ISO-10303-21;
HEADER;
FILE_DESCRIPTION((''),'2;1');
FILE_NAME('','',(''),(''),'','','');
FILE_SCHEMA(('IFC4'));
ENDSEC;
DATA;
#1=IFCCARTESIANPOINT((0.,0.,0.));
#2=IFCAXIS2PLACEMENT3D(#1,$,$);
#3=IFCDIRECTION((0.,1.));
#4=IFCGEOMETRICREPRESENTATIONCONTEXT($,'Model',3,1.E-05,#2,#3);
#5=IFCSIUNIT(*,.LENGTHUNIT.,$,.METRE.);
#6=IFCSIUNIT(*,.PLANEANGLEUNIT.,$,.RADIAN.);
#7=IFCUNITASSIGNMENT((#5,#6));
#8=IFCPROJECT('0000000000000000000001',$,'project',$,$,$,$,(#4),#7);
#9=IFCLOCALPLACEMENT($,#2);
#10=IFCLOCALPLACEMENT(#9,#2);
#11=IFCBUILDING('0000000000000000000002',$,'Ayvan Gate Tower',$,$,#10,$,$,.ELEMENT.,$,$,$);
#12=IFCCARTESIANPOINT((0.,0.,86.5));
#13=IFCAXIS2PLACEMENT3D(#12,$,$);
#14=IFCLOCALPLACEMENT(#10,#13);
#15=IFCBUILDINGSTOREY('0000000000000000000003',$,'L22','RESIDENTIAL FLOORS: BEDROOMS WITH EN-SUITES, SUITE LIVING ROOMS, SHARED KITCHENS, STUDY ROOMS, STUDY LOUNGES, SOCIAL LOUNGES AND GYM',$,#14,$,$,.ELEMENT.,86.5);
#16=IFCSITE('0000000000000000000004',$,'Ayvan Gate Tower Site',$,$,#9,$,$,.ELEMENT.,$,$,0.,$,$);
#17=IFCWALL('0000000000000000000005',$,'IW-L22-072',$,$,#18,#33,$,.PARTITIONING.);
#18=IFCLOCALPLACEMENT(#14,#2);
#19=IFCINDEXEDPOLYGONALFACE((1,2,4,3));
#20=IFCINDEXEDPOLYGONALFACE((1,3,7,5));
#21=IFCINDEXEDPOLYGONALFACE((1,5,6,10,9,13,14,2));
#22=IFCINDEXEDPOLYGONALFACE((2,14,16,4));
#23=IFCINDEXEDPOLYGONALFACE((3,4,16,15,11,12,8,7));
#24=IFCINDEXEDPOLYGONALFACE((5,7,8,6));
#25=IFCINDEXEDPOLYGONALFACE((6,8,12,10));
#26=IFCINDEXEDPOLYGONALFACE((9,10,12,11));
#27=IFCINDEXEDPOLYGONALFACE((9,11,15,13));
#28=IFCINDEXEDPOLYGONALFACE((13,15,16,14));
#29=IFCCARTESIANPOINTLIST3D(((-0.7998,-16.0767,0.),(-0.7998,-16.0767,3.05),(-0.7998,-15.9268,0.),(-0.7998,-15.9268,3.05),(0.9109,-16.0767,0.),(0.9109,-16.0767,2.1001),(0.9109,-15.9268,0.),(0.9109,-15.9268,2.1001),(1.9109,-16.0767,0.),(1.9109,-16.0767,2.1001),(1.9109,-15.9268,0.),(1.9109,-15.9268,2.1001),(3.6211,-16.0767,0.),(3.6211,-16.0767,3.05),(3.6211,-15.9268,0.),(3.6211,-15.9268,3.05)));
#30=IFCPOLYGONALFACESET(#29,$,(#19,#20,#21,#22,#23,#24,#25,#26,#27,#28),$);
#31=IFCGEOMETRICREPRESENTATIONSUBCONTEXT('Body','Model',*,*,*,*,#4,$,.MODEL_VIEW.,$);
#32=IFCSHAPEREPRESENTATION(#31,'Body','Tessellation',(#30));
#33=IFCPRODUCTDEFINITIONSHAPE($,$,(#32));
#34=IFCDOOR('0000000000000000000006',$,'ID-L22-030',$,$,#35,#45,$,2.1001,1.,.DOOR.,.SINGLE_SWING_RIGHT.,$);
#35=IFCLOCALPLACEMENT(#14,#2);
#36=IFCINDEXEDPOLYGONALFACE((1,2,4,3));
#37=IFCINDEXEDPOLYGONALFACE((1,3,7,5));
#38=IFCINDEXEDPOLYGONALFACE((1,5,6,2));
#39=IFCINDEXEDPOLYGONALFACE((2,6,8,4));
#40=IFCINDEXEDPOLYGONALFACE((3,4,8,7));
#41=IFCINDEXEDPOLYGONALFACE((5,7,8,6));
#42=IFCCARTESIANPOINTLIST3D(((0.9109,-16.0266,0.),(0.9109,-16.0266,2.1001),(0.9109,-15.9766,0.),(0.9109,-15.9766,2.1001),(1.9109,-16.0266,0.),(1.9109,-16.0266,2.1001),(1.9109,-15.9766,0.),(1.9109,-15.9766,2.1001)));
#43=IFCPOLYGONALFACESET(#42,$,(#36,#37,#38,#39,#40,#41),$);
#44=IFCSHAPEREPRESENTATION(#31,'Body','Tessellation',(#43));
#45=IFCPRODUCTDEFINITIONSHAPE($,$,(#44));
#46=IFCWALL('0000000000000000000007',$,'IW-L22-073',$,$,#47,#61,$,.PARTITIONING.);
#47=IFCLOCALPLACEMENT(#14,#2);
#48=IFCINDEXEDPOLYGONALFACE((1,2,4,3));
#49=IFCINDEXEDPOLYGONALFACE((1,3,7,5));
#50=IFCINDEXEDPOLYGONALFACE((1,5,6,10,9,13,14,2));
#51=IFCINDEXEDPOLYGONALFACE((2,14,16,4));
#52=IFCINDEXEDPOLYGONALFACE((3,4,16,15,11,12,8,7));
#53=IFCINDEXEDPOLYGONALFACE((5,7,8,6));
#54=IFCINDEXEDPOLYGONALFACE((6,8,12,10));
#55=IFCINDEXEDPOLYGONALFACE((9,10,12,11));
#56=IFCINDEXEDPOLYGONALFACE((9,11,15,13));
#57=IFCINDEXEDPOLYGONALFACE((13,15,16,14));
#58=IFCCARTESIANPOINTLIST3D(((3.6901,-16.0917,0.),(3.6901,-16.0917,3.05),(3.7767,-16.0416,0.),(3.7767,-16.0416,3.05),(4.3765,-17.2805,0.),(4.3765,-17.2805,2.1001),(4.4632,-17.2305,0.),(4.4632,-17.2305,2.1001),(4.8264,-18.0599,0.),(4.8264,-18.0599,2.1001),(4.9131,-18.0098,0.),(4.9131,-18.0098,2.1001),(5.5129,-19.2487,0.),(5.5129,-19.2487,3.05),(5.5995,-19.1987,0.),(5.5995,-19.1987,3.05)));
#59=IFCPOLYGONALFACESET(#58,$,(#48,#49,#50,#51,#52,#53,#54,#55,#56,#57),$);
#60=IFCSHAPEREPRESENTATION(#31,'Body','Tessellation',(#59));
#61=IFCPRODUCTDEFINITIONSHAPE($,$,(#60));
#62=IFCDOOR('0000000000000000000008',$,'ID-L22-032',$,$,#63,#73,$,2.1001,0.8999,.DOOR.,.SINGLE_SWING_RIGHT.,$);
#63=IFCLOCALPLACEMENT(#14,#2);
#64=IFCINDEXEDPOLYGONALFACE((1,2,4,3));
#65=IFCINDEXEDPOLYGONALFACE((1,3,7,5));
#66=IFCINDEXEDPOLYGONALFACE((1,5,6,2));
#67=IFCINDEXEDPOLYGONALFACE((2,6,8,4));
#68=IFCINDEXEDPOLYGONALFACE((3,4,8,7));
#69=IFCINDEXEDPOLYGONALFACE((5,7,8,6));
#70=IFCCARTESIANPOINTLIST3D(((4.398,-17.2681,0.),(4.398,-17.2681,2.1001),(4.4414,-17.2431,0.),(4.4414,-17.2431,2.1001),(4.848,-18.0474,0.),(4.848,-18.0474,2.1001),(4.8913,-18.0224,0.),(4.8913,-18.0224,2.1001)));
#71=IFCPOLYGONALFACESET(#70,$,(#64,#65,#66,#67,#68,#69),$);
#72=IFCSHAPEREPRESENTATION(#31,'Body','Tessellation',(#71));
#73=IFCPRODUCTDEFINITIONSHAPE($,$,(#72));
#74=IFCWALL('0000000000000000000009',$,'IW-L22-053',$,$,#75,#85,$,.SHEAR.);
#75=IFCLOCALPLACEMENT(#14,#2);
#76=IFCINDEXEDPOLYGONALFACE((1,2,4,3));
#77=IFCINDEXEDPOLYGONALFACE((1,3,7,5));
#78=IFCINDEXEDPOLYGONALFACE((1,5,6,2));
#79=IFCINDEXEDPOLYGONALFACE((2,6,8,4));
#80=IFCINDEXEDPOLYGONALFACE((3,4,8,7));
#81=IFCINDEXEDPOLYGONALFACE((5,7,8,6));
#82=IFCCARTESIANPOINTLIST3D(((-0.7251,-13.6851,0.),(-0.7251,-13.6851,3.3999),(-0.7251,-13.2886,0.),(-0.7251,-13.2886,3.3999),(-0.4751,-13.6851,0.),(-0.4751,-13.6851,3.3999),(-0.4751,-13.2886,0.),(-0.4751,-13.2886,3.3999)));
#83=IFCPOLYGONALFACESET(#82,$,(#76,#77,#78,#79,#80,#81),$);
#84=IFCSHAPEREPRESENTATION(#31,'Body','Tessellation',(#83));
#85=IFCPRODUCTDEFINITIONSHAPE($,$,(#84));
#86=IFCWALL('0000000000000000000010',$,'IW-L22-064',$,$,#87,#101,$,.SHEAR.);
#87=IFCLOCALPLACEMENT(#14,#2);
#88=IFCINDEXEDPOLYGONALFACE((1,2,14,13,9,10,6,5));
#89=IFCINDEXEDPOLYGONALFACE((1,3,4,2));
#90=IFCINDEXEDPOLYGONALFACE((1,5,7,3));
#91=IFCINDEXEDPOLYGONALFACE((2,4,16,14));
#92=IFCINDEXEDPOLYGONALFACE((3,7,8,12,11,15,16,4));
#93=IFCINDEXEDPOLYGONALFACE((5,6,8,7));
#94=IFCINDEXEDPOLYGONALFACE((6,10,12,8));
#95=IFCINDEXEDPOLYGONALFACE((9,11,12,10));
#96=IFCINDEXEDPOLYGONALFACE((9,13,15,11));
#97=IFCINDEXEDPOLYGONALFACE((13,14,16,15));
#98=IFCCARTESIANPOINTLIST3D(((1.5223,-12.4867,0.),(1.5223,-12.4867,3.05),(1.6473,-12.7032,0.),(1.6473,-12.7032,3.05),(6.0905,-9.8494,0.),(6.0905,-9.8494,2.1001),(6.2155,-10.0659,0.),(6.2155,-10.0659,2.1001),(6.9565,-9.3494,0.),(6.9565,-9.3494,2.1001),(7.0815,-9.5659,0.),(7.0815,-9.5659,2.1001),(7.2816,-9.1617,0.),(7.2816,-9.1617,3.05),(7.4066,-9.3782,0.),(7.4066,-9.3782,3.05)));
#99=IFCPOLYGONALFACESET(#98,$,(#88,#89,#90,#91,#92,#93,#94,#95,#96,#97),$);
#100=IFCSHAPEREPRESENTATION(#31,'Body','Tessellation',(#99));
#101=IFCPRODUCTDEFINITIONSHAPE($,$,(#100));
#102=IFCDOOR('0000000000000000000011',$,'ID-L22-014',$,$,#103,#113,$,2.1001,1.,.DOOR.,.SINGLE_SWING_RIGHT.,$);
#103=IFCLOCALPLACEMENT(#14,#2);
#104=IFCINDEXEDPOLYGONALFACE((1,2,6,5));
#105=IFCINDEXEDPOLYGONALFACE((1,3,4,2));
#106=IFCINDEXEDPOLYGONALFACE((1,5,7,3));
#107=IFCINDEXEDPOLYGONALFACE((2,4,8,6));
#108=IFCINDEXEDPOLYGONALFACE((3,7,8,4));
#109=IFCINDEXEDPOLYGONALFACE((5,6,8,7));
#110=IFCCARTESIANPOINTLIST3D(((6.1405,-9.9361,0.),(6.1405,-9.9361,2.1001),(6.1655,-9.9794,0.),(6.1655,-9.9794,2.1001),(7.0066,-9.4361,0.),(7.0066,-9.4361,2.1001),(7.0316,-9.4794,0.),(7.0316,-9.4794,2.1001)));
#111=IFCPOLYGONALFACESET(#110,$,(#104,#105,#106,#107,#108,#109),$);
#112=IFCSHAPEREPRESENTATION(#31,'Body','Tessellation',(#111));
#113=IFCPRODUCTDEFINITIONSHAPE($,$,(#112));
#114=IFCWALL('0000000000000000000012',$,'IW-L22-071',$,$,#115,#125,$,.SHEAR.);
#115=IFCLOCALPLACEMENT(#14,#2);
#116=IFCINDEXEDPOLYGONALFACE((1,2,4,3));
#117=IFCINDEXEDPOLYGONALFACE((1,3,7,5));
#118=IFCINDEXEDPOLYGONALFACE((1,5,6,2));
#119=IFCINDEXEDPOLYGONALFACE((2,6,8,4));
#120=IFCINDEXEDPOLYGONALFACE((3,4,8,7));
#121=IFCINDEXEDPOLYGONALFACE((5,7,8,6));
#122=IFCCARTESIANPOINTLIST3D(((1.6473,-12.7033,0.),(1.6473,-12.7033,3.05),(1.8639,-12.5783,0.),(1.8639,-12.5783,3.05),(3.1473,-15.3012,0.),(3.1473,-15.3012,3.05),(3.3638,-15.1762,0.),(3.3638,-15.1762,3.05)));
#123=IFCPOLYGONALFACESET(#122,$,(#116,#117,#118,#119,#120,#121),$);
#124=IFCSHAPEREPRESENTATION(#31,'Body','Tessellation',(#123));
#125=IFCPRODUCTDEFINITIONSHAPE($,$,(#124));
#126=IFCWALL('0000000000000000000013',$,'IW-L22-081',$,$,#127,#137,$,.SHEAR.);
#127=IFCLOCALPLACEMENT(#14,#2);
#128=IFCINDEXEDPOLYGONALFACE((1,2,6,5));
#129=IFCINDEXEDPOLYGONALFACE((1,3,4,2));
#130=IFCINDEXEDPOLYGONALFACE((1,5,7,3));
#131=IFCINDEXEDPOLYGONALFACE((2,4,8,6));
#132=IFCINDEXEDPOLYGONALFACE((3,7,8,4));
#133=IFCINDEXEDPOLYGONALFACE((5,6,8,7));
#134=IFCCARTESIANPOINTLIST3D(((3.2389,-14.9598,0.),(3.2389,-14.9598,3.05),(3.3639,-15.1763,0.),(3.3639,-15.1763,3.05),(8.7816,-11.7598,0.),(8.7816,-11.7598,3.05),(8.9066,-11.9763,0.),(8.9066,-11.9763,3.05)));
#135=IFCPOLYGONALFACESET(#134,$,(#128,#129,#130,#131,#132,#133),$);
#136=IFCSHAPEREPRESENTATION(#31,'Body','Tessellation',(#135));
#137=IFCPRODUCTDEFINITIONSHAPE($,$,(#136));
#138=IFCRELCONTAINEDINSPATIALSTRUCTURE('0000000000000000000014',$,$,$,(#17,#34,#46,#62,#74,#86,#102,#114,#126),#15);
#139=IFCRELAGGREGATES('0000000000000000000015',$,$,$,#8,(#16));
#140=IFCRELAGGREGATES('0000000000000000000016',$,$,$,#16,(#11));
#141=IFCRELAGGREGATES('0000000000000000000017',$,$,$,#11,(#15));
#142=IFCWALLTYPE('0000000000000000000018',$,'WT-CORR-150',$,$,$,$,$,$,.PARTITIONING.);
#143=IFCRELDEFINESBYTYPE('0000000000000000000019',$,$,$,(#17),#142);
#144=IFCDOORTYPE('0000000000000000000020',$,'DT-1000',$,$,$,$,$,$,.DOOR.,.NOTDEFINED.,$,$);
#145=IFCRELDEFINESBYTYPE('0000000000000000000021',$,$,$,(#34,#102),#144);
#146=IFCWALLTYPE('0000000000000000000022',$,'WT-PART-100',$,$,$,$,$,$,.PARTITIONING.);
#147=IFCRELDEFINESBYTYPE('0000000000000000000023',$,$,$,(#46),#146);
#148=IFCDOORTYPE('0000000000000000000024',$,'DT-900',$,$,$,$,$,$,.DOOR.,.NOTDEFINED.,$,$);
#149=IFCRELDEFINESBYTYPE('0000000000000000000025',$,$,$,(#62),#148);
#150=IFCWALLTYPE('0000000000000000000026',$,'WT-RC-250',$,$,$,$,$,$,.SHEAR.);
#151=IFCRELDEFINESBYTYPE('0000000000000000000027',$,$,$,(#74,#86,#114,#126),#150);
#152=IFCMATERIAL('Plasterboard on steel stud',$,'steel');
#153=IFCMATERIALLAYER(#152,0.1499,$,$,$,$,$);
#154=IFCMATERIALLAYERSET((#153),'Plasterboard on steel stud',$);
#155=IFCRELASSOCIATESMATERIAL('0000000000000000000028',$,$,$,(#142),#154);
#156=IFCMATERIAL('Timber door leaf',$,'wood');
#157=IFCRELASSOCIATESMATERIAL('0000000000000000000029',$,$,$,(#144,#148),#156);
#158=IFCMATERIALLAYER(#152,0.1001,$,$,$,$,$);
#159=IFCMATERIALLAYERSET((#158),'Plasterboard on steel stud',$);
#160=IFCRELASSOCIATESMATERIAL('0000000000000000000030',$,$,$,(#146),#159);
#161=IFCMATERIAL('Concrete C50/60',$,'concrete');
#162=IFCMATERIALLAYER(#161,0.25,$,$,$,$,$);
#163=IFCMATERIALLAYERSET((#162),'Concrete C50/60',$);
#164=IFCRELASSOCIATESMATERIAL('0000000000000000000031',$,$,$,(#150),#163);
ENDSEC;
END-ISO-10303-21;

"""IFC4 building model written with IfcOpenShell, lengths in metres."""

from ifc_helpers import new_model, si_unit, direction, frame, frame_2d, origin, place, context, subcontext, project, spatial, rectangle, extrude, material, layer, layer_set, type_object, element, fill, save


model = new_model("IFC4")

# Units and contexts
model_context = context("Model", 3, precision=1e-05, world=origin(), true_north=direction((0.0, 1.0)))
body_context = subcontext(model_context, "Body", "Model", "MODEL_VIEW")
ifc_project = project(units=[si_unit("LENGTHUNIT", "METRE"), si_unit("PLANEANGLEUNIT", "RADIAN")], contexts=[model_context])

# Site, building, storey
site_placement = place(None, origin())
site = spatial("IfcSite", under=ifc_project, at=site_placement, Name="Ayvan Gate Tower Site", CompositionType="ELEMENT", RefElevation=0.0)
building_placement = place(site_placement, origin())
building = spatial("IfcBuilding", under=site, at=building_placement, Name="Ayvan Gate Tower", CompositionType="ELEMENT")
storey_placement = place(building_placement, frame((0.0, 0.0, 86.5)))
storey = spatial("IfcBuildingStorey", under=building, at=storey_placement, Name="L22", Description="RESIDENTIAL FLOORS: BEDROOMS WITH EN-SUITES, SUITE LIVING ROOMS, SHARED KITCHENS, STUDY ROOMS, STUDY LOUNGES, SOCIAL LOUNGES AND GYM", CompositionType="ELEMENT", Elevation=86.5)

# Shared definitions
ifc_material_1 = material(Name="Plasterboard on steel stud", Category="steel")
ifc_layer_1 = layer(ifc_material_1, 0.1499)
ifc_layer_set_1 = layer_set([ifc_layer_1], Name="Plasterboard on steel stud")
wall_type_1 = type_object("IfcWallType", Name="WT-CORR-150", PredefinedType="PARTITIONING", material=ifc_layer_set_1)

# Walls, openings, doors
wall_1_placement = place(storey_placement, frame((3.6211, -16.0017, 0.0), z_axis=(0.0, 0.0, 1.0), x_axis=(-1.0, 0.0, 0.0)))
wall_1 = element("IfcWall", 1, at=wall_1_placement, inside=storey, type_object=wall_type_1, Name="IW-L22-072", PredefinedType="PARTITIONING", context=body_context, shape_type="SweptSolid", body=[
    extrude(rectangle(XDim=4.4209, YDim=0.1499, at=frame_2d((2.2104, 0.0))), origin(), (0.0, 0.0, 1.0), 3.05),
])
opening_1_placement = place(wall_1_placement, frame((1.7102, 0.0, 0.0)))
opening_1 = element("IfcOpeningElement", 2, at=opening_1_placement, cuts=wall_1, PredefinedType="OPENING", context=body_context, shape_type="SweptSolid", body=[
    extrude(rectangle(XDim=1.0, YDim=2.1001, at=frame_2d((0.5, 1.05))), frame((0.0, 0.085, 0.0), z_axis=(0.0, -1.0, 0.0), x_axis=(1.0, 0.0, 0.0)), (0.0, 0.0, 1.0), 0.1699),
])
ifc_material_2 = material(Name="Timber door leaf", Category="wood")
door_type_1 = type_object("IfcDoorType", Name="DT-1000", OperationType="NOTDEFINED", PredefinedType="DOOR", material=ifc_material_2)
door_1_placement = place(opening_1_placement, origin())
door_1 = element("IfcDoor", 3, at=door_1_placement, inside=storey, type_object=door_type_1, Name="ID-L22-030", OperationType="SINGLE_SWING_RIGHT", OverallHeight=2.1001, OverallWidth=1.0, PredefinedType="DOOR", context=body_context, shape_type="SweptSolid", body=[
    extrude(rectangle(XDim=1.0, YDim=2.1001, at=frame_2d((0.5, 1.05))), frame((0.0, 0.0249, 0.0), z_axis=(0.0, -1.0, 0.0), x_axis=(1.0, 0.0, 0.0)), (0.0, 0.0, 1.0), 0.05),
])
fill(opening_1, door_1)
ifc_layer_2 = layer(ifc_material_1, 0.1001)
ifc_layer_set_2 = layer_set([ifc_layer_2], Name="Plasterboard on steel stud")
wall_type_2 = type_object("IfcWallType", Name="WT-PART-100", PredefinedType="PARTITIONING", material=ifc_layer_set_2)
wall_2_placement = place(storey_placement, frame((3.7334, -16.0667, 0.0), z_axis=(0.0, 0.0, 1.0), x_axis=(0.500014, -0.866017, 0.0)))
wall_2 = element("IfcWall", 4, at=wall_2_placement, inside=storey, type_object=wall_type_2, Name="IW-L22-073", PredefinedType="PARTITIONING", context=body_context, shape_type="SweptSolid", body=[
    extrude(rectangle(XDim=3.6455, YDim=0.1001, at=frame_2d((1.8228, 0.0))), origin(), (0.0, 0.0, 1.0), 3.05),
])
opening_2_placement = place(wall_2_placement, frame((1.3728, 0.0, 0.0)))
opening_2 = element("IfcOpeningElement", 5, at=opening_2_placement, cuts=wall_2, PredefinedType="OPENING", context=body_context, shape_type="SweptSolid", body=[
    extrude(rectangle(XDim=0.8999, YDim=2.1001, at=frame_2d((0.45, 1.05))), frame((0.0, 0.0601, 0.0), z_axis=(0.0, -1.0, 0.0), x_axis=(1.0, 0.0, 0.0)), (0.0, 0.0, 1.0), 0.1201),
])
door_type_2 = type_object("IfcDoorType", Name="DT-900", OperationType="NOTDEFINED", PredefinedType="DOOR", material=ifc_material_2)
door_2_placement = place(opening_2_placement, origin())
door_2 = element("IfcDoor", 6, at=door_2_placement, inside=storey, type_object=door_type_2, Name="ID-L22-032", OperationType="SINGLE_SWING_RIGHT", OverallHeight=2.1001, OverallWidth=0.8999, PredefinedType="DOOR", context=body_context, shape_type="SweptSolid", body=[
    extrude(rectangle(XDim=0.8999, YDim=2.1001, at=frame_2d((0.45, 1.05))), frame((0.0, 0.0249, 0.0), z_axis=(0.0, -1.0, 0.0), x_axis=(1.0, 0.0, 0.0)), (0.0, 0.0, 1.0), 0.05),
])
fill(opening_2, door_2)

# Wall
ifc_material_3 = material(Name="Concrete C50/60", Category="concrete")
ifc_layer_3 = layer(ifc_material_3, 0.25)
ifc_layer_set_3 = layer_set([ifc_layer_3], Name="Concrete C50/60")
wall_type_3 = type_object("IfcWallType", Name="WT-RC-250", PredefinedType="SHEAR", material=ifc_layer_set_3)
wall_3_placement = place(storey_placement, frame((-0.6001, -13.2886, 0.0), z_axis=(0.0, 0.0, 1.0), x_axis=(0.0, -1.0, 0.0)))
element("IfcWall", 7, at=wall_3_placement, inside=storey, type_object=wall_type_3, Name="IW-L22-053", PredefinedType="SHEAR", context=body_context, shape_type="SweptSolid", body=[
    extrude(rectangle(XDim=0.3965, YDim=0.25, at=frame_2d((0.1982, 0.0))), origin(), (0.0, 0.0, 1.0), 3.3999),
])

# Wall, opening, door
wall_4_placement = place(storey_placement, frame((1.5847, -12.595, 0.0), z_axis=(0.0, 0.0, 1.0), x_axis=(0.866036, 0.499981, 0.0)))
wall_4 = element("IfcWall", 8, at=wall_4_placement, inside=storey, type_object=wall_type_3, Name="IW-L22-064", PredefinedType="SHEAR", context=body_context, shape_type="SweptSolid", body=[
    extrude(rectangle(XDim=6.6501, YDim=0.25, at=frame_2d((3.3252, 0.0))), origin(), (0.0, 0.0, 1.0), 3.05),
])
opening_3_placement = place(wall_4_placement, frame((5.2749, 0.0, 0.0)))
opening_3 = element("IfcOpeningElement", 9, at=opening_3_placement, cuts=wall_4, PredefinedType="OPENING", context=body_context, shape_type="SweptSolid", body=[
    extrude(rectangle(XDim=1.0, YDim=2.1001, at=frame_2d((0.5, 1.05))), frame((0.0, 0.135, 0.0), z_axis=(0.0, -1.0, 0.0), x_axis=(1.0, 0.0, 0.0)), (0.0, 0.0, 1.0), 0.27),
])
door_3_placement = place(opening_3_placement, origin())
door_3 = element("IfcDoor", 10, at=door_3_placement, inside=storey, type_object=door_type_1, Name="ID-L22-014", OperationType="SINGLE_SWING_RIGHT", OverallHeight=2.1001, OverallWidth=1.0, PredefinedType="DOOR", context=body_context, shape_type="SweptSolid", body=[
    extrude(rectangle(XDim=1.0, YDim=2.1001, at=frame_2d((0.5, 1.05))), frame((0.0, 0.0249, 0.0), z_axis=(0.0, -1.0, 0.0), x_axis=(1.0, 0.0, 0.0)), (0.0, 0.0, 1.0), 0.05),
])
fill(opening_3, door_3)

# Walls
wall_5_placement = place(storey_placement, frame((3.2556, -15.2388, 0.0), z_axis=(0.0, 0.0, 1.0), x_axis=(-0.500025, 0.866011, 0.0)))
element("IfcWall", 11, at=wall_5_placement, inside=storey, type_object=wall_type_3, Name="IW-L22-071", PredefinedType="SHEAR", context=body_context, shape_type="SweptSolid", body=[
    extrude(rectangle(XDim=2.9998, YDim=0.25, at=frame_2d((1.5, 0.0))), origin(), (0.0, 0.0, 1.0), 3.05),
])
wall_6_placement = place(storey_placement, frame((3.3013, -15.0681, 0.0), z_axis=(0.0, 0.0, 1.0), x_axis=(0.866035, 0.499983, 0.0)))
element("IfcWall", 12, at=wall_6_placement, inside=storey, type_object=wall_type_3, Name="IW-L22-081", PredefinedType="SHEAR", context=body_context, shape_type="SweptSolid", body=[
    extrude(rectangle(XDim=6.4001, YDim=0.25, at=frame_2d((3.2002, 0.0))), origin(), (0.0, 0.0, 1.0), 3.05),
])

save(model, "model.ifc")
